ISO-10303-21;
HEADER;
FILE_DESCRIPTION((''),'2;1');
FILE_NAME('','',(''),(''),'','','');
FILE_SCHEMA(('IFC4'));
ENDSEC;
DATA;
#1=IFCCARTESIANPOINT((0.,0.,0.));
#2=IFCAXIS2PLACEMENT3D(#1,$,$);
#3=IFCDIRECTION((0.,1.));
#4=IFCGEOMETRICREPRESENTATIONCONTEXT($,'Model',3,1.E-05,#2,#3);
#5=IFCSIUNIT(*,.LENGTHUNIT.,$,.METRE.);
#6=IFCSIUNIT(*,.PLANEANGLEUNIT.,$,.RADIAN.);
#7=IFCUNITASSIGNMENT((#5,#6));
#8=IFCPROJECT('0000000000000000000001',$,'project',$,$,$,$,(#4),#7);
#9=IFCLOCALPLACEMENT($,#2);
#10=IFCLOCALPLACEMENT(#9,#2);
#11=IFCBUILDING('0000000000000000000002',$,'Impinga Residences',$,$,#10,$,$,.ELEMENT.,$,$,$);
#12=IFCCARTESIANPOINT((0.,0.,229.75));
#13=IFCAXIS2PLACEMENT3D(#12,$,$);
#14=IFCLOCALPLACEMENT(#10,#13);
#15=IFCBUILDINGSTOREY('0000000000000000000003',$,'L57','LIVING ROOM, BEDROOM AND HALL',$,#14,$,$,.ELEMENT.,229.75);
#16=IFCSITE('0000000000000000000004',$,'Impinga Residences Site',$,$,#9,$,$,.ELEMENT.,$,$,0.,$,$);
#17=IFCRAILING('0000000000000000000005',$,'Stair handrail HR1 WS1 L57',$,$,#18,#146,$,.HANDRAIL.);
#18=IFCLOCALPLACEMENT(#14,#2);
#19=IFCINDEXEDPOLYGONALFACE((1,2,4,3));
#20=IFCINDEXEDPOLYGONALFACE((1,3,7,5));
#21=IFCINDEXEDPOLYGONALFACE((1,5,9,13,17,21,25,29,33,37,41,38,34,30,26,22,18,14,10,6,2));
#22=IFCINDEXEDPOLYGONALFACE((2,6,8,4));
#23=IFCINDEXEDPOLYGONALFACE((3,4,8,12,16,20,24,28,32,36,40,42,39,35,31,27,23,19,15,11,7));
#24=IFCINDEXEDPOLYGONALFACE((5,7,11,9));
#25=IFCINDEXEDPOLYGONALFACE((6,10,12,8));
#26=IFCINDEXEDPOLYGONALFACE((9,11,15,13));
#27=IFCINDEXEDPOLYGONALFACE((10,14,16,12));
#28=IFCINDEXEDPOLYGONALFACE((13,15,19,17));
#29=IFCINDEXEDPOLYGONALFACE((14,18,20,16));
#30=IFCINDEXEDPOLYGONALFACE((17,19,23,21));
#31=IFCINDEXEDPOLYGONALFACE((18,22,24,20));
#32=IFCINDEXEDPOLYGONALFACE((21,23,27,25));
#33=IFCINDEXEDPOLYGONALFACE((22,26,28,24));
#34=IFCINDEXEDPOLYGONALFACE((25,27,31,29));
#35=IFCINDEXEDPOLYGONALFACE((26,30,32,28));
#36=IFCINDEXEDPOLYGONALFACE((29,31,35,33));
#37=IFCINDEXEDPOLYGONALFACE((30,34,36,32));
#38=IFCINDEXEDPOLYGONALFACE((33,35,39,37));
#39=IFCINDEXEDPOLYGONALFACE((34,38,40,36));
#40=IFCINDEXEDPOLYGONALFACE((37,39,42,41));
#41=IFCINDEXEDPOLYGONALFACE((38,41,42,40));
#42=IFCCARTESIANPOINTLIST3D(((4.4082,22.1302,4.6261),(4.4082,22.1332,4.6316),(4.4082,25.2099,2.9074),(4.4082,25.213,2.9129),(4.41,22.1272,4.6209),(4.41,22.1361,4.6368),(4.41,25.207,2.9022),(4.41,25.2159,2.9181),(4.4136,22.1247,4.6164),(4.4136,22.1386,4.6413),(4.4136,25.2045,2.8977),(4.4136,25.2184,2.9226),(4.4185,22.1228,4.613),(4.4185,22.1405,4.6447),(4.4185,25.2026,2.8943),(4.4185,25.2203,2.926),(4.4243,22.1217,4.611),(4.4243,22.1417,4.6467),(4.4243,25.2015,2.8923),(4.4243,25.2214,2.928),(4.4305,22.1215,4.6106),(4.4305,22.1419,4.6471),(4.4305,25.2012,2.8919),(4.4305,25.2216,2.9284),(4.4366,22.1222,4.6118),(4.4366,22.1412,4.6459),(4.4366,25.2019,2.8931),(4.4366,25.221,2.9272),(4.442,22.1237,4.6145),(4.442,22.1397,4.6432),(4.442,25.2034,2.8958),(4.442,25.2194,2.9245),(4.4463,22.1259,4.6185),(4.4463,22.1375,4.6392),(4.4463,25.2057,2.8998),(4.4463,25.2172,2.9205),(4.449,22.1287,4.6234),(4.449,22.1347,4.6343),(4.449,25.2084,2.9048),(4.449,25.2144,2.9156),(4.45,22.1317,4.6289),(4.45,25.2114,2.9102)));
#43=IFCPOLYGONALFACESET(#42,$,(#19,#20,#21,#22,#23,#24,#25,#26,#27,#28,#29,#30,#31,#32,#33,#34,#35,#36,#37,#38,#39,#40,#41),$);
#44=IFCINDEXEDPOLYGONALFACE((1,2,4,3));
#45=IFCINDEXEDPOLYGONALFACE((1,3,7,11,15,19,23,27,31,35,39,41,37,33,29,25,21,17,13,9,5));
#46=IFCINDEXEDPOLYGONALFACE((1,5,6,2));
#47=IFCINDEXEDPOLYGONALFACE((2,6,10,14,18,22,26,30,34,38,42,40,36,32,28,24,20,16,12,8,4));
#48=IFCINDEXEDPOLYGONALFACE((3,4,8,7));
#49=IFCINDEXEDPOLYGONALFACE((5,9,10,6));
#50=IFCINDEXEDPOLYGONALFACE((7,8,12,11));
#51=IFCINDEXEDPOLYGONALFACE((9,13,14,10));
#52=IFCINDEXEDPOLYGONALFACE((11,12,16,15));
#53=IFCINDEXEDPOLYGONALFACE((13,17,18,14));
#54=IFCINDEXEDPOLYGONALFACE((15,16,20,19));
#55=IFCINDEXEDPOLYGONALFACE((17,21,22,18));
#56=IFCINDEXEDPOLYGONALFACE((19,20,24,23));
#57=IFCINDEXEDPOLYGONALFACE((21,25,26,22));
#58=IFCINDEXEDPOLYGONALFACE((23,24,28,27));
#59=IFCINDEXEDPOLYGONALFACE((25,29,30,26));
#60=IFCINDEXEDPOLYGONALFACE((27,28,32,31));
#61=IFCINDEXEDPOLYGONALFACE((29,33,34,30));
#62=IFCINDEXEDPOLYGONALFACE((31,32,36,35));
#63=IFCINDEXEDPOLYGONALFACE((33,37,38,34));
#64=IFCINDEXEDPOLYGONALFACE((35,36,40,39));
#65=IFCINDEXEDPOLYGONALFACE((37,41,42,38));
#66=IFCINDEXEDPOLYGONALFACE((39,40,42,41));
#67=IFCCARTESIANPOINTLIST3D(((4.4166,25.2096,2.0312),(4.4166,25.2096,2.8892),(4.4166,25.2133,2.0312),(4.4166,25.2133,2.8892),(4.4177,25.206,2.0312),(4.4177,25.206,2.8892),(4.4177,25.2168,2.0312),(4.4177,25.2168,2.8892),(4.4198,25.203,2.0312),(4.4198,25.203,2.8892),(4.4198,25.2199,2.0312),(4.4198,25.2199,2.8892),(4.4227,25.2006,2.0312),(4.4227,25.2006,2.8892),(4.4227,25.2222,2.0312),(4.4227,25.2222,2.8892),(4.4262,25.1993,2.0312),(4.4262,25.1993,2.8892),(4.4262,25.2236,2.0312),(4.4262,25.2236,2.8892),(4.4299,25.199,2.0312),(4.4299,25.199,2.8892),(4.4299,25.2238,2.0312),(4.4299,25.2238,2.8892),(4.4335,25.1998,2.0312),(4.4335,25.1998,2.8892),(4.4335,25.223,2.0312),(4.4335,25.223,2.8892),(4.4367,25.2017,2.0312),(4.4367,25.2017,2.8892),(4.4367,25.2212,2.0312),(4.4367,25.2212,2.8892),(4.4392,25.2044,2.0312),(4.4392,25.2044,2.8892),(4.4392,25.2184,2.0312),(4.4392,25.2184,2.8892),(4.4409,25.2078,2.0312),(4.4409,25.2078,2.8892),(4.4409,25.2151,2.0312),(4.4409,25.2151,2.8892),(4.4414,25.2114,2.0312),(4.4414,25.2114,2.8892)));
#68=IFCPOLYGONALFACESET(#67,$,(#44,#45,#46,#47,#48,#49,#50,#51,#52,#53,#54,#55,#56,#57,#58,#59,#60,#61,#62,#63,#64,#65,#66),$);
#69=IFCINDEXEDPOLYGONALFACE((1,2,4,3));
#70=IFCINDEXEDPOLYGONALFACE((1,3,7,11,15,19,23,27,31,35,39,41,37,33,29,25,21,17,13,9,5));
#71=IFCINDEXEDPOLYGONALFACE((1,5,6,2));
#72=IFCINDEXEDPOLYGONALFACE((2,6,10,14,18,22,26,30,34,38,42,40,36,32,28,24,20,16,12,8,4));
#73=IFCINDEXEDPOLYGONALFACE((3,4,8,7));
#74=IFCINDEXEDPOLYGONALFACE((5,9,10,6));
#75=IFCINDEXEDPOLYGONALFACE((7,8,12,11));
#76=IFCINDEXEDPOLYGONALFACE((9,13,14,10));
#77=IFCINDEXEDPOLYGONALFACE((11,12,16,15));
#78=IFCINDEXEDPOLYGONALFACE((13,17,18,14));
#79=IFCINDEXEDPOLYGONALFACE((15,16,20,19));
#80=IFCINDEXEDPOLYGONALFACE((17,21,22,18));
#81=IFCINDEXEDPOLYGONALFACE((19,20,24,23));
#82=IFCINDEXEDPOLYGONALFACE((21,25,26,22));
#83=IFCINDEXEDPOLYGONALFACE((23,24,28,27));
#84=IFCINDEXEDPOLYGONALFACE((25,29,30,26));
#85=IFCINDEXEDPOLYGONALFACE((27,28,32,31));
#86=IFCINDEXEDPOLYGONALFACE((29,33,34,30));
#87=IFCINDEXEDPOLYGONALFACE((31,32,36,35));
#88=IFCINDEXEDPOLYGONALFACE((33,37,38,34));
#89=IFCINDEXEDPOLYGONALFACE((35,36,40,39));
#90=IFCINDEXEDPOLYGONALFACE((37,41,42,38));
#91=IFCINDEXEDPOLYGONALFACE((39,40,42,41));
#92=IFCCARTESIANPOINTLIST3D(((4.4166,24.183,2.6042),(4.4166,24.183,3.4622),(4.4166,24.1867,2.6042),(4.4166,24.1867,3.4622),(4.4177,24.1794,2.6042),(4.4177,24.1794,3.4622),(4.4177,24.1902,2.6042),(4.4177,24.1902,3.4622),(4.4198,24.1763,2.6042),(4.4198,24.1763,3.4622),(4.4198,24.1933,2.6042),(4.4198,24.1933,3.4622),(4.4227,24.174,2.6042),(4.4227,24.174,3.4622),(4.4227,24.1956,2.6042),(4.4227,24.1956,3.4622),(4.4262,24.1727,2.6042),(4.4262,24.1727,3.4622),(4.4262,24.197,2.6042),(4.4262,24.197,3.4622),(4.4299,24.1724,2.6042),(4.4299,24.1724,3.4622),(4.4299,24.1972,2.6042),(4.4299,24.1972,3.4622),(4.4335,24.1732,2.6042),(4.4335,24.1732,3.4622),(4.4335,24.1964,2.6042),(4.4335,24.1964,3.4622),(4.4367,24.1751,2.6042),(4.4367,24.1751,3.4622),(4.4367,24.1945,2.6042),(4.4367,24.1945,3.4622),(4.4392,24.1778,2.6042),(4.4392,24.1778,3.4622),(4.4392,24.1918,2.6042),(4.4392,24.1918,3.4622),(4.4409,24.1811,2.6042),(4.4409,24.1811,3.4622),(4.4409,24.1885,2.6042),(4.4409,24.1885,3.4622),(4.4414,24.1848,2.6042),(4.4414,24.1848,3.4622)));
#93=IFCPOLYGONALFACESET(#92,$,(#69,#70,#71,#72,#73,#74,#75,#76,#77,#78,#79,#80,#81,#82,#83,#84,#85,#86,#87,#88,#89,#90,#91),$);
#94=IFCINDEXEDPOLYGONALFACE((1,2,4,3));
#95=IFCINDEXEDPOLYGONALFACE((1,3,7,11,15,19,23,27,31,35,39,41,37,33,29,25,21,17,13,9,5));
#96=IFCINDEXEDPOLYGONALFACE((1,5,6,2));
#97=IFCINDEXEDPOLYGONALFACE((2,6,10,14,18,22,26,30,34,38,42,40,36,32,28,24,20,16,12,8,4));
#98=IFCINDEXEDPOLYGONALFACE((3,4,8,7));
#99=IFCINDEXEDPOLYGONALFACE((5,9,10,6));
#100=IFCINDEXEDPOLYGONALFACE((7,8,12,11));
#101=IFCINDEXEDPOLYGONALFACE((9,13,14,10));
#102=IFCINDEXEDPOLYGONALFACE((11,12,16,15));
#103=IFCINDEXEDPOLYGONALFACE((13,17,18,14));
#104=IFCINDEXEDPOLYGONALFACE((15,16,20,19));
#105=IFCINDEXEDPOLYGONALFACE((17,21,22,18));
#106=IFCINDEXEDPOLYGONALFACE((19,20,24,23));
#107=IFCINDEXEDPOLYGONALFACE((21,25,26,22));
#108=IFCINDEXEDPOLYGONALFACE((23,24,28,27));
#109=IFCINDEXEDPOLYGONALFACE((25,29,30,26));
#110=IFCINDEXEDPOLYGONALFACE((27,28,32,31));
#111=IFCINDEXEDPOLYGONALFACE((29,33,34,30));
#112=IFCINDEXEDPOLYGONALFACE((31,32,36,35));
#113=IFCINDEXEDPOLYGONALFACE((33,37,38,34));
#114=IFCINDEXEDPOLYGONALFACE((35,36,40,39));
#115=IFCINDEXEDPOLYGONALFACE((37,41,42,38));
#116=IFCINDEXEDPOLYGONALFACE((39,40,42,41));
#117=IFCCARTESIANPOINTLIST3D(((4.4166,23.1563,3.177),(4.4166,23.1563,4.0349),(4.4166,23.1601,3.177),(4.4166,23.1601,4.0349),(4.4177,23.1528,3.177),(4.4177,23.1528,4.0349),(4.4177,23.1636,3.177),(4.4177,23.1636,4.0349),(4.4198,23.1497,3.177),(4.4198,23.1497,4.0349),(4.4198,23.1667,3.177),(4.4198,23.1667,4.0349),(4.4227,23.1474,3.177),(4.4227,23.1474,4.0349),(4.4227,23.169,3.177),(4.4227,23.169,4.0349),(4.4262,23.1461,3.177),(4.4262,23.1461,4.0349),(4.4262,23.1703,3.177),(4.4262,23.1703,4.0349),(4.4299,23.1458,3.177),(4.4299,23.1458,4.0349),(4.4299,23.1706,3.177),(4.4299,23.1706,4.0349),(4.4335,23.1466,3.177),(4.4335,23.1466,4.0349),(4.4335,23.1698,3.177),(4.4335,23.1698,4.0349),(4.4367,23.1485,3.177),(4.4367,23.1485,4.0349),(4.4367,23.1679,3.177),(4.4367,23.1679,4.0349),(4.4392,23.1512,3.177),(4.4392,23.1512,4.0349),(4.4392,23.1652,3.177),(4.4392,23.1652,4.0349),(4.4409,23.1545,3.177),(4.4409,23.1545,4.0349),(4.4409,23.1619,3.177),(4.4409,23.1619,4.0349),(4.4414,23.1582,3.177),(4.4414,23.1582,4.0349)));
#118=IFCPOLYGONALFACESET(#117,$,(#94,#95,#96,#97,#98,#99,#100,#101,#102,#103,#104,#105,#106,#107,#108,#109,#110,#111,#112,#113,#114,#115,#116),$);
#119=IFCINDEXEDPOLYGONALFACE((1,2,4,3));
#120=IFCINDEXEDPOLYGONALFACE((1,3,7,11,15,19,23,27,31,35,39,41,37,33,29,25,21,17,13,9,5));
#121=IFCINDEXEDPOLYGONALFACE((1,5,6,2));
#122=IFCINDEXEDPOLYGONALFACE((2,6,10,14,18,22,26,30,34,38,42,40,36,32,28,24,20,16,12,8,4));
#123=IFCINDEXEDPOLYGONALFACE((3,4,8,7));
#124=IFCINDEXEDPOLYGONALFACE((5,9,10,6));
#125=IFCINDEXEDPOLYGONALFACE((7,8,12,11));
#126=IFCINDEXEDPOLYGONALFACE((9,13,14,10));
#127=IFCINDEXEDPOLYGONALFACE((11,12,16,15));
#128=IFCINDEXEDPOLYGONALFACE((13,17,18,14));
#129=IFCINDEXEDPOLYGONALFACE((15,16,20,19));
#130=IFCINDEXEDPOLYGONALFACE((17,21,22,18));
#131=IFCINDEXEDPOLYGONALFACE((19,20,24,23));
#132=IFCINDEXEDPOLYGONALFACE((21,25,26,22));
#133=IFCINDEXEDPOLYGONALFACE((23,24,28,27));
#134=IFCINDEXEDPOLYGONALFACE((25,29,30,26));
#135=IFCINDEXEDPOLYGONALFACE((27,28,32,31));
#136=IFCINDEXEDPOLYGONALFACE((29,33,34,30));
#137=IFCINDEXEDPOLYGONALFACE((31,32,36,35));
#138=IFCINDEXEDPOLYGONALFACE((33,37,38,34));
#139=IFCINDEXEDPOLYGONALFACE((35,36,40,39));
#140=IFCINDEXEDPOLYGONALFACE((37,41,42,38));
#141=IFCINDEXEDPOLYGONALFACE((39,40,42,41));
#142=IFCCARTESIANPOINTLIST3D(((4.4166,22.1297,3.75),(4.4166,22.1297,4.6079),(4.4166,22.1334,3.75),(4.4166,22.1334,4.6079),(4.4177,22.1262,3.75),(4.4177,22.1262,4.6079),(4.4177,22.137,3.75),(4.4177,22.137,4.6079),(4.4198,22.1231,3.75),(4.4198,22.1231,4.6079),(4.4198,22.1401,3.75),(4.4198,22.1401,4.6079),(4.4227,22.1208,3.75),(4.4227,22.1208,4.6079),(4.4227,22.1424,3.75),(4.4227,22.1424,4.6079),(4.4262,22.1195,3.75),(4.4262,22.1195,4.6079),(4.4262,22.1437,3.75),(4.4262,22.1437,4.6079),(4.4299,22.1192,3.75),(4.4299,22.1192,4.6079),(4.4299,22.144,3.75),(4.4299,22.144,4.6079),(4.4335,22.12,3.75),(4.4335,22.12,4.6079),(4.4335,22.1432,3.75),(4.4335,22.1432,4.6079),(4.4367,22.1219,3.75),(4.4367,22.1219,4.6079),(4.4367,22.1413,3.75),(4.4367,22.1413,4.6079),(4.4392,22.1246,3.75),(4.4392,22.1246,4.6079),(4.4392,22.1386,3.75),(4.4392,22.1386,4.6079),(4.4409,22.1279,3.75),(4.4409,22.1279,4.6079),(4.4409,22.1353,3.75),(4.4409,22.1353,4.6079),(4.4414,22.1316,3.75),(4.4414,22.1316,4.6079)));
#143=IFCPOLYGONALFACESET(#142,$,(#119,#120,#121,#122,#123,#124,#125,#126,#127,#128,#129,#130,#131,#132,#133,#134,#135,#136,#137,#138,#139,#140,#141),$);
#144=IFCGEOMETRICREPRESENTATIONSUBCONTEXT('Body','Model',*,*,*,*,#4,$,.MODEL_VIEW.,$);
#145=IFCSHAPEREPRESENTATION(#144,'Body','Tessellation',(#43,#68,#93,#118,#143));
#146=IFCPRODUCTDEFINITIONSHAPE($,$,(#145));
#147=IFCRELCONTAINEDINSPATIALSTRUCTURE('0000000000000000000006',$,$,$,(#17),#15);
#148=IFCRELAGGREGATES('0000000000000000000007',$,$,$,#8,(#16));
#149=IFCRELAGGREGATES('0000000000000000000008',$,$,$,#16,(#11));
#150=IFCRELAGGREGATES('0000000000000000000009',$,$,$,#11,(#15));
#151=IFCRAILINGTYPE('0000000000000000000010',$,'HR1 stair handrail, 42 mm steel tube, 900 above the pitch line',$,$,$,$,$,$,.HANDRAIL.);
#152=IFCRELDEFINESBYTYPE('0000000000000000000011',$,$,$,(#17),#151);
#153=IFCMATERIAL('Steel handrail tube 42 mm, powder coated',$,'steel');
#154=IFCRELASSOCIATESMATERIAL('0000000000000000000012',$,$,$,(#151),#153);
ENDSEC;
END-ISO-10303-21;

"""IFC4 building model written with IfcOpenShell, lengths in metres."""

from ifc_helpers import new_model, si_unit, direction, frame, origin, origin_2d, place, context, subcontext, project, spatial, circle, extrude, material, type_object, element, save


model = new_model("IFC4")

# Units and contexts
model_context = context("Model", 3, precision=1e-05, world=origin(), true_north=direction((0.0, 1.0)))
body_context = subcontext(model_context, "Body", "Model", "MODEL_VIEW")
ifc_project = project(units=[si_unit("LENGTHUNIT", "METRE"), si_unit("PLANEANGLEUNIT", "RADIAN")], contexts=[model_context])

# Site, building, storey
site_placement = place(None, origin())
site = spatial("IfcSite", under=ifc_project, at=site_placement, Name="Impinga Residences Site", CompositionType="ELEMENT", RefElevation=0.0)
building_placement = place(site_placement, origin())
building = spatial("IfcBuilding", under=site, at=building_placement, Name="Impinga Residences", CompositionType="ELEMENT")
storey_placement = place(building_placement, frame((0.0, 0.0, 229.75)))
storey = spatial("IfcBuildingStorey", under=building, at=storey_placement, Name="L57", Description="LIVING ROOM, BEDROOM AND HALL", CompositionType="ELEMENT", Elevation=229.75)

# Railing
ifc_material_1 = material(Name="Steel handrail tube 42 mm, powder coated", Category="steel")
railing_type_1 = type_object("IfcRailingType", Name="HR1 stair handrail, 42 mm steel tube, 900 above the pitch line", PredefinedType="HANDRAIL", material=ifc_material_1)
railing_1_placement = place(storey_placement, frame((4.429, 25.2114, 2.0312)))
element("IfcRailing", 1, at=railing_1_placement, inside=storey, type_object=railing_type_1, Name="Stair handrail HR1 WS1 L57", PredefinedType="HANDRAIL", context=body_context, shape_type="SweptSolid", body=[
    extrude(circle(Radius=0.021, at=origin_2d()), frame((0.0, 0.0, 0.8789), z_axis=(0.0, -0.873225, 0.487317), x_axis=(1.0, 0.0, 0.0)), (0.0, 0.0, 1.0), 3.5269),
    extrude(circle(Radius=0.0125, at=origin_2d()), origin(), (0.0, 0.0, 1.0), 0.8579),
    extrude(circle(Radius=0.0125, at=origin_2d()), frame((0.0, -1.0266, 0.573)), (0.0, 0.0, 1.0), 0.8579),
    extrude(circle(Radius=0.0125, at=origin_2d()), frame((0.0, -2.0532, 1.1458)), (0.0, 0.0, 1.0), 0.8579),
    extrude(circle(Radius=0.0125, at=origin_2d()), frame((0.0, -3.0798, 1.7188)), (0.0, 0.0, 1.0), 0.8579),
])

save(model, "model.ifc")
